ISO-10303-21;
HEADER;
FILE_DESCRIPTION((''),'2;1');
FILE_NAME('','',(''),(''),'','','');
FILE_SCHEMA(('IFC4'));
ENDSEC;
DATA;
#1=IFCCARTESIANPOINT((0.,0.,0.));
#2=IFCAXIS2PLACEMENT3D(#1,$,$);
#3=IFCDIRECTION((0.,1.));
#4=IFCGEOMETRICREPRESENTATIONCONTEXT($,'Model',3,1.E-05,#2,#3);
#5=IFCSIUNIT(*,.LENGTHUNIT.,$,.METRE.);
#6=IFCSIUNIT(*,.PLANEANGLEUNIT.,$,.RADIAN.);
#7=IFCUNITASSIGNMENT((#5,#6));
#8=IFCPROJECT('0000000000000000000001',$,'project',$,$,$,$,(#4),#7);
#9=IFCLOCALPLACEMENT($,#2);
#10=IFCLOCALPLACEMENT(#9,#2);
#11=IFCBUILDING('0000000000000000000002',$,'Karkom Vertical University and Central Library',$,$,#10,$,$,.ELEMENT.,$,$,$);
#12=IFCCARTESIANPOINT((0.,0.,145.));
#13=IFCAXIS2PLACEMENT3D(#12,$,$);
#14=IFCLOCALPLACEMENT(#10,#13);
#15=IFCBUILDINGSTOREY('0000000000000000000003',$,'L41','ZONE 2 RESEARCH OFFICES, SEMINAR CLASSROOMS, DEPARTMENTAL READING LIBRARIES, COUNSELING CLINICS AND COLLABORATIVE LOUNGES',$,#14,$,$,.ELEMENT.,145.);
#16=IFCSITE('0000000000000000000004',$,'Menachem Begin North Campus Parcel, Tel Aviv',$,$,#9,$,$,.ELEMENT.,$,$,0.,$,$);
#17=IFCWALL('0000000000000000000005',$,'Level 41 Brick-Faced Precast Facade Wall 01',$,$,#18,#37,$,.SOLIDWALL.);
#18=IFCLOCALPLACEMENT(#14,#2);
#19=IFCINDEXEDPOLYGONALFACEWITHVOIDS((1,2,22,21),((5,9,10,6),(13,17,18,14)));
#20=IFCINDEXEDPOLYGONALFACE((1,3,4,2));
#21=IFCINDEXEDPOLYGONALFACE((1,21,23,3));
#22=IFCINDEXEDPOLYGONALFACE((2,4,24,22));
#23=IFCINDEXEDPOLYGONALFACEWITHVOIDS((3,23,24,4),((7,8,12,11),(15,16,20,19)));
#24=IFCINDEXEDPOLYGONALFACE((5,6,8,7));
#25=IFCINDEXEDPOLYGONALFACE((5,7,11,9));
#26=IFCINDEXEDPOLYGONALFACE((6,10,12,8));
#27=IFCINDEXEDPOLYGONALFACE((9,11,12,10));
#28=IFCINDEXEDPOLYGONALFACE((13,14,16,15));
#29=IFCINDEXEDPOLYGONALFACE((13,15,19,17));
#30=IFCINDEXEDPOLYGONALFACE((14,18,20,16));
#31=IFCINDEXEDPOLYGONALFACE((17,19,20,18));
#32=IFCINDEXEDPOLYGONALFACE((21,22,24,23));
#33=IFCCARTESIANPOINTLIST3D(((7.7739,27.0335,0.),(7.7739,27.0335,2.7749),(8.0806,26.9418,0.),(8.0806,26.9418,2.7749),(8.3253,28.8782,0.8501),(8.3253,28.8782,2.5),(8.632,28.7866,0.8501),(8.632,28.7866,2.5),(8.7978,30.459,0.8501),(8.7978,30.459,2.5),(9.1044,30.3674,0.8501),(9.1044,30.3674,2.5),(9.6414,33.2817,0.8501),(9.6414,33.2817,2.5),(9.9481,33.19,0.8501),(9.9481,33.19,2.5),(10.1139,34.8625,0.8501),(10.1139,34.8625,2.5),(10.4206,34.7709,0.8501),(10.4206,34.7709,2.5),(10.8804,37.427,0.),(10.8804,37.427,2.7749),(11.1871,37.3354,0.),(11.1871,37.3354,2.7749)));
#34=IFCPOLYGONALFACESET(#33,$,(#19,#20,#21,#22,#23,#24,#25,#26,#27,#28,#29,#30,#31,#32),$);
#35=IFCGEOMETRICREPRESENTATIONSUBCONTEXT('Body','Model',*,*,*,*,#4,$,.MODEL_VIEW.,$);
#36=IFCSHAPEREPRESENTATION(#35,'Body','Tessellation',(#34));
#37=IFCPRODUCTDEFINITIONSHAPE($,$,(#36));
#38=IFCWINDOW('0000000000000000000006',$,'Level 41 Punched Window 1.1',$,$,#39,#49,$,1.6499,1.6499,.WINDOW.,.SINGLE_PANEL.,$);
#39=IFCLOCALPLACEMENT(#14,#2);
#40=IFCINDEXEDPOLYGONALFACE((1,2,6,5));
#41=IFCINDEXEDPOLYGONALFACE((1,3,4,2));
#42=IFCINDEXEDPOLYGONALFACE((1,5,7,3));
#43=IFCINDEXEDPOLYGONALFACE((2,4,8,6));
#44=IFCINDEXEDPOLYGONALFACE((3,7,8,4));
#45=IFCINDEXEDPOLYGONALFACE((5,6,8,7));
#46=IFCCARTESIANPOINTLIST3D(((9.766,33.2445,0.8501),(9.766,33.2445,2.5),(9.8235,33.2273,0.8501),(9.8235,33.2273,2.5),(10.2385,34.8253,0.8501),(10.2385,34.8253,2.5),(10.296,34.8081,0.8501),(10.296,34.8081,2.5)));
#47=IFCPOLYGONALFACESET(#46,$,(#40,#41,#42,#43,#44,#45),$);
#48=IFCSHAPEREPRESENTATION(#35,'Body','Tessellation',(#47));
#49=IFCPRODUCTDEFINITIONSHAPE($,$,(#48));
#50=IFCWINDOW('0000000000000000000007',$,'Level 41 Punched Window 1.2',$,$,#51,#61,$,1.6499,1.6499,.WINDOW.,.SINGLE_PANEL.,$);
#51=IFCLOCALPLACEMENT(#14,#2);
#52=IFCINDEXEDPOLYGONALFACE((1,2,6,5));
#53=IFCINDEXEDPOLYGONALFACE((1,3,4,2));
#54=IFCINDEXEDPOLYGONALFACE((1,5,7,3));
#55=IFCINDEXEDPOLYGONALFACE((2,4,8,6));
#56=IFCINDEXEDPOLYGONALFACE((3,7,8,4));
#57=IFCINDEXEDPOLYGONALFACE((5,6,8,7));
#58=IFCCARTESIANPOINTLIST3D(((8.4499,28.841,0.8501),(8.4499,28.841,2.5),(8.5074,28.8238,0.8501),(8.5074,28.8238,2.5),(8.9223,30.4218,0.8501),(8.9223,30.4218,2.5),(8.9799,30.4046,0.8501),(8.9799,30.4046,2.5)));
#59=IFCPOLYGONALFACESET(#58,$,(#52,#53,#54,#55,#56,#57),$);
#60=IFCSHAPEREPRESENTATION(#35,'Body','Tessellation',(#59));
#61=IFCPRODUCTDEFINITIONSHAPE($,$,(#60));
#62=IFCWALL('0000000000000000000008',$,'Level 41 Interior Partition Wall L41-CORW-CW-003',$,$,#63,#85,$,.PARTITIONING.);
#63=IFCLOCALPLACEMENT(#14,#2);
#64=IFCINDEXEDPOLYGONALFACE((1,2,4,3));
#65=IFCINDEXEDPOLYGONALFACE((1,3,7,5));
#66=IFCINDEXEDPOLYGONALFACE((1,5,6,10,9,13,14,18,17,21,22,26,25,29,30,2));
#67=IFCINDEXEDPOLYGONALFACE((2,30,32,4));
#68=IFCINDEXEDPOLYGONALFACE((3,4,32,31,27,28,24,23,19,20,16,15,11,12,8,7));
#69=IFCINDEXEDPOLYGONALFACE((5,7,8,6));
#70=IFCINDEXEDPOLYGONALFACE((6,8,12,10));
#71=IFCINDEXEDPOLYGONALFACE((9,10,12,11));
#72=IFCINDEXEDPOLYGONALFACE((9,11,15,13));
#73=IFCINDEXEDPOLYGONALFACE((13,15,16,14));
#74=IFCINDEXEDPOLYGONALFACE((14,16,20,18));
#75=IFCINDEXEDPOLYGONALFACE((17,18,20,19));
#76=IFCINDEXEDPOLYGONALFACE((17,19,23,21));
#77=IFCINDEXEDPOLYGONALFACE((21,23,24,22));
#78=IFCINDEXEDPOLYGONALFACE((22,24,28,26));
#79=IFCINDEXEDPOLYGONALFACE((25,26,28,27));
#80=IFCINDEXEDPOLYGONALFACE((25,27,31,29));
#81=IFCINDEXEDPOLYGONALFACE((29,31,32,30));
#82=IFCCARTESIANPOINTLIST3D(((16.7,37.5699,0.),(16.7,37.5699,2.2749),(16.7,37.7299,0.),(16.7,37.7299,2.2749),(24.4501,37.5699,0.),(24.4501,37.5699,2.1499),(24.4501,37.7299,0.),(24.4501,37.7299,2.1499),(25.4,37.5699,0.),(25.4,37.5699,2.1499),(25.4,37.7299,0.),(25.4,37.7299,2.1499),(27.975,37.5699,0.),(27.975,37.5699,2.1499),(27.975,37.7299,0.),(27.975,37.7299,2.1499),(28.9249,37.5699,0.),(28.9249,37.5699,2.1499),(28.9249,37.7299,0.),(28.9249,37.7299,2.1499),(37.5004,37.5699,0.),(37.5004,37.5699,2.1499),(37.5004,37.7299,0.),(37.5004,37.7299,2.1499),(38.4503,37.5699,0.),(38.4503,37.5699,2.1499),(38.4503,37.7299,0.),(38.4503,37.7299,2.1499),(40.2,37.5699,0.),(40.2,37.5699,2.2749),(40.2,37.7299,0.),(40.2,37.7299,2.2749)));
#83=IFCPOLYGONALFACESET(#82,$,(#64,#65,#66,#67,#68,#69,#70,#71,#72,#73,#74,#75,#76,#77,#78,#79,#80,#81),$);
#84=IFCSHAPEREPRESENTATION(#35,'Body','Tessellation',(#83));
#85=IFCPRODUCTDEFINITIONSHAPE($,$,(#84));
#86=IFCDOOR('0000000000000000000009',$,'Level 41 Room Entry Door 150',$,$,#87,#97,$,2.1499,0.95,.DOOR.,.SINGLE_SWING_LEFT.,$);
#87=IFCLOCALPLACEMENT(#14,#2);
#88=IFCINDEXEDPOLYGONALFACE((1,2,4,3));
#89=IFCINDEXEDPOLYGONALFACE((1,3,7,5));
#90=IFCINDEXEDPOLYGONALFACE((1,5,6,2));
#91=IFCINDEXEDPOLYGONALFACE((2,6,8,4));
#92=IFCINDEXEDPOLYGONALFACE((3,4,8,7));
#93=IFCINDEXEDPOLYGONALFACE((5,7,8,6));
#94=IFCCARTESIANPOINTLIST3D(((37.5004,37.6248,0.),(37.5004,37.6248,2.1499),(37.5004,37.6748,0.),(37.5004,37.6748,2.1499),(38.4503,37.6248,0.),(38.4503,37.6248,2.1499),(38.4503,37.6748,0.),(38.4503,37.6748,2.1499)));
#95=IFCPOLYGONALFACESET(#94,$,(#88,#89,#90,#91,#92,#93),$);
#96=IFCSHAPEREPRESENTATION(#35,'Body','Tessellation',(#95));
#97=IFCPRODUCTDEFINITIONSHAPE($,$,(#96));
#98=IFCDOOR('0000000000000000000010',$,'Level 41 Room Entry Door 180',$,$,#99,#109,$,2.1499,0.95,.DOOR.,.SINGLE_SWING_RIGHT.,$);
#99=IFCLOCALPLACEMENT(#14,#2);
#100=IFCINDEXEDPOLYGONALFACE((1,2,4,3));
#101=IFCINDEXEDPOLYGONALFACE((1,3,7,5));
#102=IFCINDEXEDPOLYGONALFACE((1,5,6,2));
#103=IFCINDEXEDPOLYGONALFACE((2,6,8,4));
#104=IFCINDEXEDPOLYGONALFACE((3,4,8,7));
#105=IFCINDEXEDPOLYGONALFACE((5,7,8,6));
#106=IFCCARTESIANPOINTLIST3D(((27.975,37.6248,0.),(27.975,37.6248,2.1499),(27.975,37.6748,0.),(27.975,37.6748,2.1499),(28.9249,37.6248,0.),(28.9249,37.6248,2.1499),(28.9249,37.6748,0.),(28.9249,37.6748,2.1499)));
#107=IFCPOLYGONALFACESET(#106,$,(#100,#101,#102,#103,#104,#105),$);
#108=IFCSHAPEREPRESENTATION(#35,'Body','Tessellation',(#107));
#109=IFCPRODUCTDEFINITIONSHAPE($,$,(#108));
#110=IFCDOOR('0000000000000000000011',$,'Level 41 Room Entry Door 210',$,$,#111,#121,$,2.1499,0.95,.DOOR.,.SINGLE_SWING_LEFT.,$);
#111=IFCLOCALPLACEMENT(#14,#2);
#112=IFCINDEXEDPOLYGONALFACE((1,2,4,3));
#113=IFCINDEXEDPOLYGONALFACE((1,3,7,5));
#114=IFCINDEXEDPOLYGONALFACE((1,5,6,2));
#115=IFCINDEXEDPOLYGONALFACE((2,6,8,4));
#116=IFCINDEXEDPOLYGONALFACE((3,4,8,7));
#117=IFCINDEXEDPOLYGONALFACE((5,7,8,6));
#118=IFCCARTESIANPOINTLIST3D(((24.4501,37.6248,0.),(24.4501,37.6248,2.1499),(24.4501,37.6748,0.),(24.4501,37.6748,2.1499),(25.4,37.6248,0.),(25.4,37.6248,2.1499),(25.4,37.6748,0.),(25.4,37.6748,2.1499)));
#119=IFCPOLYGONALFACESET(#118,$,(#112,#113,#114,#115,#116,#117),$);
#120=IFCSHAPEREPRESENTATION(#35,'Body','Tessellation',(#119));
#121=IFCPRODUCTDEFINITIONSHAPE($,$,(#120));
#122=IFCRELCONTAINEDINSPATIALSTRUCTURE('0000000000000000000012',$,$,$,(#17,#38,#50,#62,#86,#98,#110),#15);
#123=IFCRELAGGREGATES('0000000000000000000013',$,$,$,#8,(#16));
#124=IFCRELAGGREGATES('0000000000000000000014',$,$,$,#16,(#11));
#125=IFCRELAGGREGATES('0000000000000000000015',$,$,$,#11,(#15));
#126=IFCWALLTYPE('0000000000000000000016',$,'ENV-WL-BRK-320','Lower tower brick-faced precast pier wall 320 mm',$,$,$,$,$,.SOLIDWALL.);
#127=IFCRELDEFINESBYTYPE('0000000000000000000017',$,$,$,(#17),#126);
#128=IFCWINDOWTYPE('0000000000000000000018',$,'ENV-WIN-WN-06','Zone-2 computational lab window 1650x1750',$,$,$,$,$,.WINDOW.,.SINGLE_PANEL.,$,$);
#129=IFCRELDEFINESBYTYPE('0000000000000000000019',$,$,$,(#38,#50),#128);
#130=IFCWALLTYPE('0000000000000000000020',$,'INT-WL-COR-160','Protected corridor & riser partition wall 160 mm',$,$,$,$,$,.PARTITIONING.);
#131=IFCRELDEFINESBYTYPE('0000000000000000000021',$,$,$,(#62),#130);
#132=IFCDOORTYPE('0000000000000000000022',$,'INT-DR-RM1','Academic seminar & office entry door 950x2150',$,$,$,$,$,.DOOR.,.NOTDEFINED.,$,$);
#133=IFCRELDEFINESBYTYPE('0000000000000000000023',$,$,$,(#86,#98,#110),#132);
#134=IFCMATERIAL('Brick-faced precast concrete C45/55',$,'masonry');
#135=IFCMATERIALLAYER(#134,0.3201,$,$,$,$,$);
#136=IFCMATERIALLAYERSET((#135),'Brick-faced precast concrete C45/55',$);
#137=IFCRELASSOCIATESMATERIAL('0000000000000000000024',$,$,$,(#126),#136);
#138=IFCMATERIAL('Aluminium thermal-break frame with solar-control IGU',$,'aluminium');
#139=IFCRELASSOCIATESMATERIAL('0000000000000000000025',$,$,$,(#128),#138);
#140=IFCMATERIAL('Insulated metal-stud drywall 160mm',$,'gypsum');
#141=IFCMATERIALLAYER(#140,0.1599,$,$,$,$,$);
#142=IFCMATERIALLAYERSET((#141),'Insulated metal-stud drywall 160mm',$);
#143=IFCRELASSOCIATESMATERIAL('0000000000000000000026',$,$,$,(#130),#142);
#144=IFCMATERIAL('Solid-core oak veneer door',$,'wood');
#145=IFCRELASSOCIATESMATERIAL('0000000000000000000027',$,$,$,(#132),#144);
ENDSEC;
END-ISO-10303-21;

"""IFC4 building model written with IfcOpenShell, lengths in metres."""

from ifc_helpers import new_model, si_unit, direction, frame, frame_2d, origin, origin_with_axes, place, context, subcontext, project, spatial, rectangle, extrude, source, transform, mapped, material, layer, layer_set, type_object, element, fill, save


model = new_model("IFC4")

# Units and contexts
model_context = context("Model", 3, precision=1e-05, world=origin(), true_north=direction((0.0, 1.0)))
body_context = subcontext(model_context, "Body", "Model", "MODEL_VIEW")
ifc_project = project(units=[si_unit("LENGTHUNIT", "METRE"), si_unit("PLANEANGLEUNIT", "RADIAN")], contexts=[model_context])

# Site, building, storey
site_placement = place(None, origin())
site = spatial("IfcSite", under=ifc_project, at=site_placement, Name="Menachem Begin North Campus Parcel, Tel Aviv", CompositionType="ELEMENT", RefElevation=0.0)
building_placement = place(site_placement, origin())
building = spatial("IfcBuilding", under=site, at=building_placement, Name="Karkom Vertical University and Central Library", CompositionType="ELEMENT")
storey_placement = place(building_placement, frame((0.0, 0.0, 145.0)))
storey = spatial("IfcBuildingStorey", under=building, at=storey_placement, Name="L41", Description="ZONE 2 RESEARCH OFFICES, SEMINAR CLASSROOMS, DEPARTMENTAL READING LIBRARIES, COUNSELING CLINICS AND COLLABORATIVE LOUNGES", CompositionType="ELEMENT", Elevation=145.0)

# Wall, openings, windows
ifc_material_1 = material(Name="Brick-faced precast concrete C45/55", Category="masonry")
ifc_layer_1 = layer(ifc_material_1, 0.3201)
ifc_layer_set_1 = layer_set([ifc_layer_1], Name="Brick-faced precast concrete C45/55")
wall_type_1 = type_object("IfcWallType", Name="ENV-WL-BRK-320", Description="Lower tower brick-faced precast pier wall 320 mm", PredefinedType="SOLIDWALL", material=ifc_layer_set_1)
wall_1_placement = place(storey_placement, frame((11.0337, 37.3811, 0.0), z_axis=(0.0, 0.0, 1.0), x_axis=(-0.286365, -0.958121, 0.0)))
wall_1 = element("IfcWall", 1, at=wall_1_placement, inside=storey, type_object=wall_type_1, Name="Level 41 Brick-Faced Precast Facade Wall 01", PredefinedType="SOLIDWALL", context=body_context, shape_type="SweptSolid", body=[
    extrude(rectangle(XDim=10.8479, YDim=0.3201, at=frame_2d((5.4238, 0.0))), origin(), (0.0, 0.0, 1.0), 2.7749),
])
opening_1_placement = place(wall_1_placement, frame((2.6765, 0.0, 0.8501)))
opening_1 = element("IfcOpeningElement", 2, at=opening_1_placement, cuts=wall_1, PredefinedType="OPENING", context=body_context, shape_type="SweptSolid", body=[
    extrude(rectangle(XDim=1.6499, YDim=1.6499, at=frame_2d((0.825, 0.825))), frame((0.0, 0.1699, 0.0), z_axis=(0.0, -1.0, 0.0), x_axis=(1.0, 0.0, 0.0)), (0.0, 0.0, 1.0), 0.3401),
])
opening_2_placement = place(wall_1_placement, frame((7.2725, 0.0, 0.8501)))
opening_2 = element("IfcOpeningElement", 3, at=opening_2_placement, cuts=wall_1, PredefinedType="OPENING", context=body_context, shape_type="SweptSolid", body=[
    extrude(rectangle(XDim=1.6499, YDim=1.6499, at=frame_2d((0.825, 0.825))), frame((0.0, 0.1699, 0.0), z_axis=(0.0, -1.0, 0.0), x_axis=(1.0, 0.0, 0.0)), (0.0, 0.0, 1.0), 0.3401),
])
ifc_material_2 = material(Name="Aluminium thermal-break frame with solar-control IGU", Category="aluminium")
window_type = type_object("IfcWindowType", Name="ENV-WIN-WN-06", Description="Zone-2 computational lab window 1650x1750", PartitioningType="SINGLE_PANEL", PredefinedType="WINDOW", material=ifc_material_2)
shared_shape_1 = source(origin_with_axes(), body_context, "Body", "SweptSolid", [
    extrude(rectangle(XDim=1.6499, YDim=1.6499, at=frame_2d((0.825, 0.825))), frame((0.0, 0.03, 0.0), z_axis=(0.0, -1.0, 0.0), x_axis=(1.0, 0.0, 0.0)), (0.0, 0.0, 1.0), 0.0601),
])
window_1_placement = place(opening_1_placement, origin())
window_1 = element("IfcWindow", 4, at=window_1_placement, inside=storey, type_object=window_type, Name="Level 41 Punched Window 1.1", OverallHeight=1.6499, OverallWidth=1.6499, PartitioningType="SINGLE_PANEL", PredefinedType="WINDOW", context=body_context, shape_type="MappedRepresentation", body=[
    mapped(shared_shape_1, transform((0.0, 0.0, 0.0), scale=1.0)),
])
fill(opening_1, window_1)
window_2_placement = place(opening_2_placement, origin())
window_2 = element("IfcWindow", 5, at=window_2_placement, inside=storey, type_object=window_type, Name="Level 41 Punched Window 1.2", OverallHeight=1.6499, OverallWidth=1.6499, PartitioningType="SINGLE_PANEL", PredefinedType="WINDOW", context=body_context, shape_type="MappedRepresentation", body=[
    mapped(shared_shape_1, transform((0.0, 0.0, 0.0), scale=1.0)),
])
fill(opening_2, window_2)

# Wall, openings, doors
ifc_material_3 = material(Name="Insulated metal-stud drywall 160mm", Category="gypsum")
ifc_layer_2 = layer(ifc_material_3, 0.1599)
ifc_layer_set_2 = layer_set([ifc_layer_2], Name="Insulated metal-stud drywall 160mm")
wall_type_2 = type_object("IfcWallType", Name="INT-WL-COR-160", Description="Protected corridor & riser partition wall 160 mm", PredefinedType="PARTITIONING", material=ifc_layer_set_2)
wall_2_placement = place(storey_placement, frame((16.7, 37.6499, 0.0), z_axis=(0.0, 0.0, 1.0), x_axis=(1.0, 0.0, 0.0)))
wall_2 = element("IfcWall", 6, at=wall_2_placement, inside=storey, type_object=wall_type_2, Name="Level 41 Interior Partition Wall L41-CORW-CW-003", PredefinedType="PARTITIONING", context=body_context, shape_type="SweptSolid", body=[
    extrude(rectangle(XDim=23.5, YDim=0.1599, at=frame_2d((11.75, 0.0))), origin(), (0.0, 0.0, 1.0), 2.2749),
])
opening_3_placement = place(wall_2_placement, frame((20.8003, 0.0, 0.0)))
opening_3 = element("IfcOpeningElement", 7, at=opening_3_placement, cuts=wall_2, PredefinedType="OPENING", context=body_context, shape_type="SweptSolid", body=[
    extrude(rectangle(XDim=0.95, YDim=2.1499, at=frame_2d((0.4751, 1.075))), frame((0.0, 0.0898, 0.0), z_axis=(0.0, -1.0, 0.0), x_axis=(1.0, 0.0, 0.0)), (0.0, 0.0, 1.0), 0.1799),
])
opening_4_placement = place(wall_2_placement, frame((11.2749, 0.0, 0.0)))
opening_4 = element("IfcOpeningElement", 8, at=opening_4_placement, cuts=wall_2, PredefinedType="OPENING", context=body_context, shape_type="SweptSolid", body=[
    extrude(rectangle(XDim=0.95, YDim=2.1499, at=frame_2d((0.4751, 1.075))), frame((0.0, 0.0898, 0.0), z_axis=(0.0, -1.0, 0.0), x_axis=(1.0, 0.0, 0.0)), (0.0, 0.0, 1.0), 0.1799),
])
opening_5_placement = place(wall_2_placement, frame((7.75, 0.0, 0.0)))
opening_5 = element("IfcOpeningElement", 9, at=opening_5_placement, cuts=wall_2, PredefinedType="OPENING", context=body_context, shape_type="SweptSolid", body=[
    extrude(rectangle(XDim=0.95, YDim=2.1499, at=frame_2d((0.4751, 1.075))), frame((0.0, 0.0898, 0.0), z_axis=(0.0, -1.0, 0.0), x_axis=(1.0, 0.0, 0.0)), (0.0, 0.0, 1.0), 0.1799),
])
ifc_material_4 = material(Name="Solid-core oak veneer door", Category="wood")
door_type = type_object("IfcDoorType", Name="INT-DR-RM1", Description="Academic seminar & office entry door 950x2150", OperationType="NOTDEFINED", PredefinedType="DOOR", material=ifc_material_4)
shared_shape_2 = source(origin_with_axes(), body_context, "Body", "SweptSolid", [
    extrude(rectangle(XDim=0.95, YDim=2.1499, at=frame_2d((0.4751, 1.075))), frame((0.0, 0.0249, 0.0), z_axis=(0.0, -1.0, 0.0), x_axis=(1.0, 0.0, 0.0)), (0.0, 0.0, 1.0), 0.05),
])
door_1_placement = place(opening_3_placement, origin())
door_1 = element("IfcDoor", 10, at=door_1_placement, inside=storey, type_object=door_type, Name="Level 41 Room Entry Door 150", OperationType="SINGLE_SWING_LEFT", OverallHeight=2.1499, OverallWidth=0.95, PredefinedType="DOOR", context=body_context, shape_type="MappedRepresentation", body=[
    mapped(shared_shape_2, transform((0.0, 0.0, 0.0), scale=1.0)),
])
fill(opening_3, door_1)
door_2_placement = place(opening_4_placement, origin())
door_2 = element("IfcDoor", 11, at=door_2_placement, inside=storey, type_object=door_type, Name="Level 41 Room Entry Door 180", OperationType="SINGLE_SWING_RIGHT", OverallHeight=2.1499, OverallWidth=0.95, PredefinedType="DOOR", context=body_context, shape_type="MappedRepresentation", body=[
    mapped(shared_shape_2, transform((0.0, 0.0, 0.0), scale=1.0)),
])
fill(opening_4, door_2)
door_3_placement = place(opening_5_placement, origin())
door_3 = element("IfcDoor", 12, at=door_3_placement, inside=storey, type_object=door_type, Name="Level 41 Room Entry Door 210", OperationType="SINGLE_SWING_LEFT", OverallHeight=2.1499, OverallWidth=0.95, PredefinedType="DOOR", context=body_context, shape_type="MappedRepresentation", body=[
    mapped(shared_shape_2, transform((0.0, 0.0, 0.0), scale=1.0)),
])
fill(opening_5, door_3)

save(model, "model.ifc")
